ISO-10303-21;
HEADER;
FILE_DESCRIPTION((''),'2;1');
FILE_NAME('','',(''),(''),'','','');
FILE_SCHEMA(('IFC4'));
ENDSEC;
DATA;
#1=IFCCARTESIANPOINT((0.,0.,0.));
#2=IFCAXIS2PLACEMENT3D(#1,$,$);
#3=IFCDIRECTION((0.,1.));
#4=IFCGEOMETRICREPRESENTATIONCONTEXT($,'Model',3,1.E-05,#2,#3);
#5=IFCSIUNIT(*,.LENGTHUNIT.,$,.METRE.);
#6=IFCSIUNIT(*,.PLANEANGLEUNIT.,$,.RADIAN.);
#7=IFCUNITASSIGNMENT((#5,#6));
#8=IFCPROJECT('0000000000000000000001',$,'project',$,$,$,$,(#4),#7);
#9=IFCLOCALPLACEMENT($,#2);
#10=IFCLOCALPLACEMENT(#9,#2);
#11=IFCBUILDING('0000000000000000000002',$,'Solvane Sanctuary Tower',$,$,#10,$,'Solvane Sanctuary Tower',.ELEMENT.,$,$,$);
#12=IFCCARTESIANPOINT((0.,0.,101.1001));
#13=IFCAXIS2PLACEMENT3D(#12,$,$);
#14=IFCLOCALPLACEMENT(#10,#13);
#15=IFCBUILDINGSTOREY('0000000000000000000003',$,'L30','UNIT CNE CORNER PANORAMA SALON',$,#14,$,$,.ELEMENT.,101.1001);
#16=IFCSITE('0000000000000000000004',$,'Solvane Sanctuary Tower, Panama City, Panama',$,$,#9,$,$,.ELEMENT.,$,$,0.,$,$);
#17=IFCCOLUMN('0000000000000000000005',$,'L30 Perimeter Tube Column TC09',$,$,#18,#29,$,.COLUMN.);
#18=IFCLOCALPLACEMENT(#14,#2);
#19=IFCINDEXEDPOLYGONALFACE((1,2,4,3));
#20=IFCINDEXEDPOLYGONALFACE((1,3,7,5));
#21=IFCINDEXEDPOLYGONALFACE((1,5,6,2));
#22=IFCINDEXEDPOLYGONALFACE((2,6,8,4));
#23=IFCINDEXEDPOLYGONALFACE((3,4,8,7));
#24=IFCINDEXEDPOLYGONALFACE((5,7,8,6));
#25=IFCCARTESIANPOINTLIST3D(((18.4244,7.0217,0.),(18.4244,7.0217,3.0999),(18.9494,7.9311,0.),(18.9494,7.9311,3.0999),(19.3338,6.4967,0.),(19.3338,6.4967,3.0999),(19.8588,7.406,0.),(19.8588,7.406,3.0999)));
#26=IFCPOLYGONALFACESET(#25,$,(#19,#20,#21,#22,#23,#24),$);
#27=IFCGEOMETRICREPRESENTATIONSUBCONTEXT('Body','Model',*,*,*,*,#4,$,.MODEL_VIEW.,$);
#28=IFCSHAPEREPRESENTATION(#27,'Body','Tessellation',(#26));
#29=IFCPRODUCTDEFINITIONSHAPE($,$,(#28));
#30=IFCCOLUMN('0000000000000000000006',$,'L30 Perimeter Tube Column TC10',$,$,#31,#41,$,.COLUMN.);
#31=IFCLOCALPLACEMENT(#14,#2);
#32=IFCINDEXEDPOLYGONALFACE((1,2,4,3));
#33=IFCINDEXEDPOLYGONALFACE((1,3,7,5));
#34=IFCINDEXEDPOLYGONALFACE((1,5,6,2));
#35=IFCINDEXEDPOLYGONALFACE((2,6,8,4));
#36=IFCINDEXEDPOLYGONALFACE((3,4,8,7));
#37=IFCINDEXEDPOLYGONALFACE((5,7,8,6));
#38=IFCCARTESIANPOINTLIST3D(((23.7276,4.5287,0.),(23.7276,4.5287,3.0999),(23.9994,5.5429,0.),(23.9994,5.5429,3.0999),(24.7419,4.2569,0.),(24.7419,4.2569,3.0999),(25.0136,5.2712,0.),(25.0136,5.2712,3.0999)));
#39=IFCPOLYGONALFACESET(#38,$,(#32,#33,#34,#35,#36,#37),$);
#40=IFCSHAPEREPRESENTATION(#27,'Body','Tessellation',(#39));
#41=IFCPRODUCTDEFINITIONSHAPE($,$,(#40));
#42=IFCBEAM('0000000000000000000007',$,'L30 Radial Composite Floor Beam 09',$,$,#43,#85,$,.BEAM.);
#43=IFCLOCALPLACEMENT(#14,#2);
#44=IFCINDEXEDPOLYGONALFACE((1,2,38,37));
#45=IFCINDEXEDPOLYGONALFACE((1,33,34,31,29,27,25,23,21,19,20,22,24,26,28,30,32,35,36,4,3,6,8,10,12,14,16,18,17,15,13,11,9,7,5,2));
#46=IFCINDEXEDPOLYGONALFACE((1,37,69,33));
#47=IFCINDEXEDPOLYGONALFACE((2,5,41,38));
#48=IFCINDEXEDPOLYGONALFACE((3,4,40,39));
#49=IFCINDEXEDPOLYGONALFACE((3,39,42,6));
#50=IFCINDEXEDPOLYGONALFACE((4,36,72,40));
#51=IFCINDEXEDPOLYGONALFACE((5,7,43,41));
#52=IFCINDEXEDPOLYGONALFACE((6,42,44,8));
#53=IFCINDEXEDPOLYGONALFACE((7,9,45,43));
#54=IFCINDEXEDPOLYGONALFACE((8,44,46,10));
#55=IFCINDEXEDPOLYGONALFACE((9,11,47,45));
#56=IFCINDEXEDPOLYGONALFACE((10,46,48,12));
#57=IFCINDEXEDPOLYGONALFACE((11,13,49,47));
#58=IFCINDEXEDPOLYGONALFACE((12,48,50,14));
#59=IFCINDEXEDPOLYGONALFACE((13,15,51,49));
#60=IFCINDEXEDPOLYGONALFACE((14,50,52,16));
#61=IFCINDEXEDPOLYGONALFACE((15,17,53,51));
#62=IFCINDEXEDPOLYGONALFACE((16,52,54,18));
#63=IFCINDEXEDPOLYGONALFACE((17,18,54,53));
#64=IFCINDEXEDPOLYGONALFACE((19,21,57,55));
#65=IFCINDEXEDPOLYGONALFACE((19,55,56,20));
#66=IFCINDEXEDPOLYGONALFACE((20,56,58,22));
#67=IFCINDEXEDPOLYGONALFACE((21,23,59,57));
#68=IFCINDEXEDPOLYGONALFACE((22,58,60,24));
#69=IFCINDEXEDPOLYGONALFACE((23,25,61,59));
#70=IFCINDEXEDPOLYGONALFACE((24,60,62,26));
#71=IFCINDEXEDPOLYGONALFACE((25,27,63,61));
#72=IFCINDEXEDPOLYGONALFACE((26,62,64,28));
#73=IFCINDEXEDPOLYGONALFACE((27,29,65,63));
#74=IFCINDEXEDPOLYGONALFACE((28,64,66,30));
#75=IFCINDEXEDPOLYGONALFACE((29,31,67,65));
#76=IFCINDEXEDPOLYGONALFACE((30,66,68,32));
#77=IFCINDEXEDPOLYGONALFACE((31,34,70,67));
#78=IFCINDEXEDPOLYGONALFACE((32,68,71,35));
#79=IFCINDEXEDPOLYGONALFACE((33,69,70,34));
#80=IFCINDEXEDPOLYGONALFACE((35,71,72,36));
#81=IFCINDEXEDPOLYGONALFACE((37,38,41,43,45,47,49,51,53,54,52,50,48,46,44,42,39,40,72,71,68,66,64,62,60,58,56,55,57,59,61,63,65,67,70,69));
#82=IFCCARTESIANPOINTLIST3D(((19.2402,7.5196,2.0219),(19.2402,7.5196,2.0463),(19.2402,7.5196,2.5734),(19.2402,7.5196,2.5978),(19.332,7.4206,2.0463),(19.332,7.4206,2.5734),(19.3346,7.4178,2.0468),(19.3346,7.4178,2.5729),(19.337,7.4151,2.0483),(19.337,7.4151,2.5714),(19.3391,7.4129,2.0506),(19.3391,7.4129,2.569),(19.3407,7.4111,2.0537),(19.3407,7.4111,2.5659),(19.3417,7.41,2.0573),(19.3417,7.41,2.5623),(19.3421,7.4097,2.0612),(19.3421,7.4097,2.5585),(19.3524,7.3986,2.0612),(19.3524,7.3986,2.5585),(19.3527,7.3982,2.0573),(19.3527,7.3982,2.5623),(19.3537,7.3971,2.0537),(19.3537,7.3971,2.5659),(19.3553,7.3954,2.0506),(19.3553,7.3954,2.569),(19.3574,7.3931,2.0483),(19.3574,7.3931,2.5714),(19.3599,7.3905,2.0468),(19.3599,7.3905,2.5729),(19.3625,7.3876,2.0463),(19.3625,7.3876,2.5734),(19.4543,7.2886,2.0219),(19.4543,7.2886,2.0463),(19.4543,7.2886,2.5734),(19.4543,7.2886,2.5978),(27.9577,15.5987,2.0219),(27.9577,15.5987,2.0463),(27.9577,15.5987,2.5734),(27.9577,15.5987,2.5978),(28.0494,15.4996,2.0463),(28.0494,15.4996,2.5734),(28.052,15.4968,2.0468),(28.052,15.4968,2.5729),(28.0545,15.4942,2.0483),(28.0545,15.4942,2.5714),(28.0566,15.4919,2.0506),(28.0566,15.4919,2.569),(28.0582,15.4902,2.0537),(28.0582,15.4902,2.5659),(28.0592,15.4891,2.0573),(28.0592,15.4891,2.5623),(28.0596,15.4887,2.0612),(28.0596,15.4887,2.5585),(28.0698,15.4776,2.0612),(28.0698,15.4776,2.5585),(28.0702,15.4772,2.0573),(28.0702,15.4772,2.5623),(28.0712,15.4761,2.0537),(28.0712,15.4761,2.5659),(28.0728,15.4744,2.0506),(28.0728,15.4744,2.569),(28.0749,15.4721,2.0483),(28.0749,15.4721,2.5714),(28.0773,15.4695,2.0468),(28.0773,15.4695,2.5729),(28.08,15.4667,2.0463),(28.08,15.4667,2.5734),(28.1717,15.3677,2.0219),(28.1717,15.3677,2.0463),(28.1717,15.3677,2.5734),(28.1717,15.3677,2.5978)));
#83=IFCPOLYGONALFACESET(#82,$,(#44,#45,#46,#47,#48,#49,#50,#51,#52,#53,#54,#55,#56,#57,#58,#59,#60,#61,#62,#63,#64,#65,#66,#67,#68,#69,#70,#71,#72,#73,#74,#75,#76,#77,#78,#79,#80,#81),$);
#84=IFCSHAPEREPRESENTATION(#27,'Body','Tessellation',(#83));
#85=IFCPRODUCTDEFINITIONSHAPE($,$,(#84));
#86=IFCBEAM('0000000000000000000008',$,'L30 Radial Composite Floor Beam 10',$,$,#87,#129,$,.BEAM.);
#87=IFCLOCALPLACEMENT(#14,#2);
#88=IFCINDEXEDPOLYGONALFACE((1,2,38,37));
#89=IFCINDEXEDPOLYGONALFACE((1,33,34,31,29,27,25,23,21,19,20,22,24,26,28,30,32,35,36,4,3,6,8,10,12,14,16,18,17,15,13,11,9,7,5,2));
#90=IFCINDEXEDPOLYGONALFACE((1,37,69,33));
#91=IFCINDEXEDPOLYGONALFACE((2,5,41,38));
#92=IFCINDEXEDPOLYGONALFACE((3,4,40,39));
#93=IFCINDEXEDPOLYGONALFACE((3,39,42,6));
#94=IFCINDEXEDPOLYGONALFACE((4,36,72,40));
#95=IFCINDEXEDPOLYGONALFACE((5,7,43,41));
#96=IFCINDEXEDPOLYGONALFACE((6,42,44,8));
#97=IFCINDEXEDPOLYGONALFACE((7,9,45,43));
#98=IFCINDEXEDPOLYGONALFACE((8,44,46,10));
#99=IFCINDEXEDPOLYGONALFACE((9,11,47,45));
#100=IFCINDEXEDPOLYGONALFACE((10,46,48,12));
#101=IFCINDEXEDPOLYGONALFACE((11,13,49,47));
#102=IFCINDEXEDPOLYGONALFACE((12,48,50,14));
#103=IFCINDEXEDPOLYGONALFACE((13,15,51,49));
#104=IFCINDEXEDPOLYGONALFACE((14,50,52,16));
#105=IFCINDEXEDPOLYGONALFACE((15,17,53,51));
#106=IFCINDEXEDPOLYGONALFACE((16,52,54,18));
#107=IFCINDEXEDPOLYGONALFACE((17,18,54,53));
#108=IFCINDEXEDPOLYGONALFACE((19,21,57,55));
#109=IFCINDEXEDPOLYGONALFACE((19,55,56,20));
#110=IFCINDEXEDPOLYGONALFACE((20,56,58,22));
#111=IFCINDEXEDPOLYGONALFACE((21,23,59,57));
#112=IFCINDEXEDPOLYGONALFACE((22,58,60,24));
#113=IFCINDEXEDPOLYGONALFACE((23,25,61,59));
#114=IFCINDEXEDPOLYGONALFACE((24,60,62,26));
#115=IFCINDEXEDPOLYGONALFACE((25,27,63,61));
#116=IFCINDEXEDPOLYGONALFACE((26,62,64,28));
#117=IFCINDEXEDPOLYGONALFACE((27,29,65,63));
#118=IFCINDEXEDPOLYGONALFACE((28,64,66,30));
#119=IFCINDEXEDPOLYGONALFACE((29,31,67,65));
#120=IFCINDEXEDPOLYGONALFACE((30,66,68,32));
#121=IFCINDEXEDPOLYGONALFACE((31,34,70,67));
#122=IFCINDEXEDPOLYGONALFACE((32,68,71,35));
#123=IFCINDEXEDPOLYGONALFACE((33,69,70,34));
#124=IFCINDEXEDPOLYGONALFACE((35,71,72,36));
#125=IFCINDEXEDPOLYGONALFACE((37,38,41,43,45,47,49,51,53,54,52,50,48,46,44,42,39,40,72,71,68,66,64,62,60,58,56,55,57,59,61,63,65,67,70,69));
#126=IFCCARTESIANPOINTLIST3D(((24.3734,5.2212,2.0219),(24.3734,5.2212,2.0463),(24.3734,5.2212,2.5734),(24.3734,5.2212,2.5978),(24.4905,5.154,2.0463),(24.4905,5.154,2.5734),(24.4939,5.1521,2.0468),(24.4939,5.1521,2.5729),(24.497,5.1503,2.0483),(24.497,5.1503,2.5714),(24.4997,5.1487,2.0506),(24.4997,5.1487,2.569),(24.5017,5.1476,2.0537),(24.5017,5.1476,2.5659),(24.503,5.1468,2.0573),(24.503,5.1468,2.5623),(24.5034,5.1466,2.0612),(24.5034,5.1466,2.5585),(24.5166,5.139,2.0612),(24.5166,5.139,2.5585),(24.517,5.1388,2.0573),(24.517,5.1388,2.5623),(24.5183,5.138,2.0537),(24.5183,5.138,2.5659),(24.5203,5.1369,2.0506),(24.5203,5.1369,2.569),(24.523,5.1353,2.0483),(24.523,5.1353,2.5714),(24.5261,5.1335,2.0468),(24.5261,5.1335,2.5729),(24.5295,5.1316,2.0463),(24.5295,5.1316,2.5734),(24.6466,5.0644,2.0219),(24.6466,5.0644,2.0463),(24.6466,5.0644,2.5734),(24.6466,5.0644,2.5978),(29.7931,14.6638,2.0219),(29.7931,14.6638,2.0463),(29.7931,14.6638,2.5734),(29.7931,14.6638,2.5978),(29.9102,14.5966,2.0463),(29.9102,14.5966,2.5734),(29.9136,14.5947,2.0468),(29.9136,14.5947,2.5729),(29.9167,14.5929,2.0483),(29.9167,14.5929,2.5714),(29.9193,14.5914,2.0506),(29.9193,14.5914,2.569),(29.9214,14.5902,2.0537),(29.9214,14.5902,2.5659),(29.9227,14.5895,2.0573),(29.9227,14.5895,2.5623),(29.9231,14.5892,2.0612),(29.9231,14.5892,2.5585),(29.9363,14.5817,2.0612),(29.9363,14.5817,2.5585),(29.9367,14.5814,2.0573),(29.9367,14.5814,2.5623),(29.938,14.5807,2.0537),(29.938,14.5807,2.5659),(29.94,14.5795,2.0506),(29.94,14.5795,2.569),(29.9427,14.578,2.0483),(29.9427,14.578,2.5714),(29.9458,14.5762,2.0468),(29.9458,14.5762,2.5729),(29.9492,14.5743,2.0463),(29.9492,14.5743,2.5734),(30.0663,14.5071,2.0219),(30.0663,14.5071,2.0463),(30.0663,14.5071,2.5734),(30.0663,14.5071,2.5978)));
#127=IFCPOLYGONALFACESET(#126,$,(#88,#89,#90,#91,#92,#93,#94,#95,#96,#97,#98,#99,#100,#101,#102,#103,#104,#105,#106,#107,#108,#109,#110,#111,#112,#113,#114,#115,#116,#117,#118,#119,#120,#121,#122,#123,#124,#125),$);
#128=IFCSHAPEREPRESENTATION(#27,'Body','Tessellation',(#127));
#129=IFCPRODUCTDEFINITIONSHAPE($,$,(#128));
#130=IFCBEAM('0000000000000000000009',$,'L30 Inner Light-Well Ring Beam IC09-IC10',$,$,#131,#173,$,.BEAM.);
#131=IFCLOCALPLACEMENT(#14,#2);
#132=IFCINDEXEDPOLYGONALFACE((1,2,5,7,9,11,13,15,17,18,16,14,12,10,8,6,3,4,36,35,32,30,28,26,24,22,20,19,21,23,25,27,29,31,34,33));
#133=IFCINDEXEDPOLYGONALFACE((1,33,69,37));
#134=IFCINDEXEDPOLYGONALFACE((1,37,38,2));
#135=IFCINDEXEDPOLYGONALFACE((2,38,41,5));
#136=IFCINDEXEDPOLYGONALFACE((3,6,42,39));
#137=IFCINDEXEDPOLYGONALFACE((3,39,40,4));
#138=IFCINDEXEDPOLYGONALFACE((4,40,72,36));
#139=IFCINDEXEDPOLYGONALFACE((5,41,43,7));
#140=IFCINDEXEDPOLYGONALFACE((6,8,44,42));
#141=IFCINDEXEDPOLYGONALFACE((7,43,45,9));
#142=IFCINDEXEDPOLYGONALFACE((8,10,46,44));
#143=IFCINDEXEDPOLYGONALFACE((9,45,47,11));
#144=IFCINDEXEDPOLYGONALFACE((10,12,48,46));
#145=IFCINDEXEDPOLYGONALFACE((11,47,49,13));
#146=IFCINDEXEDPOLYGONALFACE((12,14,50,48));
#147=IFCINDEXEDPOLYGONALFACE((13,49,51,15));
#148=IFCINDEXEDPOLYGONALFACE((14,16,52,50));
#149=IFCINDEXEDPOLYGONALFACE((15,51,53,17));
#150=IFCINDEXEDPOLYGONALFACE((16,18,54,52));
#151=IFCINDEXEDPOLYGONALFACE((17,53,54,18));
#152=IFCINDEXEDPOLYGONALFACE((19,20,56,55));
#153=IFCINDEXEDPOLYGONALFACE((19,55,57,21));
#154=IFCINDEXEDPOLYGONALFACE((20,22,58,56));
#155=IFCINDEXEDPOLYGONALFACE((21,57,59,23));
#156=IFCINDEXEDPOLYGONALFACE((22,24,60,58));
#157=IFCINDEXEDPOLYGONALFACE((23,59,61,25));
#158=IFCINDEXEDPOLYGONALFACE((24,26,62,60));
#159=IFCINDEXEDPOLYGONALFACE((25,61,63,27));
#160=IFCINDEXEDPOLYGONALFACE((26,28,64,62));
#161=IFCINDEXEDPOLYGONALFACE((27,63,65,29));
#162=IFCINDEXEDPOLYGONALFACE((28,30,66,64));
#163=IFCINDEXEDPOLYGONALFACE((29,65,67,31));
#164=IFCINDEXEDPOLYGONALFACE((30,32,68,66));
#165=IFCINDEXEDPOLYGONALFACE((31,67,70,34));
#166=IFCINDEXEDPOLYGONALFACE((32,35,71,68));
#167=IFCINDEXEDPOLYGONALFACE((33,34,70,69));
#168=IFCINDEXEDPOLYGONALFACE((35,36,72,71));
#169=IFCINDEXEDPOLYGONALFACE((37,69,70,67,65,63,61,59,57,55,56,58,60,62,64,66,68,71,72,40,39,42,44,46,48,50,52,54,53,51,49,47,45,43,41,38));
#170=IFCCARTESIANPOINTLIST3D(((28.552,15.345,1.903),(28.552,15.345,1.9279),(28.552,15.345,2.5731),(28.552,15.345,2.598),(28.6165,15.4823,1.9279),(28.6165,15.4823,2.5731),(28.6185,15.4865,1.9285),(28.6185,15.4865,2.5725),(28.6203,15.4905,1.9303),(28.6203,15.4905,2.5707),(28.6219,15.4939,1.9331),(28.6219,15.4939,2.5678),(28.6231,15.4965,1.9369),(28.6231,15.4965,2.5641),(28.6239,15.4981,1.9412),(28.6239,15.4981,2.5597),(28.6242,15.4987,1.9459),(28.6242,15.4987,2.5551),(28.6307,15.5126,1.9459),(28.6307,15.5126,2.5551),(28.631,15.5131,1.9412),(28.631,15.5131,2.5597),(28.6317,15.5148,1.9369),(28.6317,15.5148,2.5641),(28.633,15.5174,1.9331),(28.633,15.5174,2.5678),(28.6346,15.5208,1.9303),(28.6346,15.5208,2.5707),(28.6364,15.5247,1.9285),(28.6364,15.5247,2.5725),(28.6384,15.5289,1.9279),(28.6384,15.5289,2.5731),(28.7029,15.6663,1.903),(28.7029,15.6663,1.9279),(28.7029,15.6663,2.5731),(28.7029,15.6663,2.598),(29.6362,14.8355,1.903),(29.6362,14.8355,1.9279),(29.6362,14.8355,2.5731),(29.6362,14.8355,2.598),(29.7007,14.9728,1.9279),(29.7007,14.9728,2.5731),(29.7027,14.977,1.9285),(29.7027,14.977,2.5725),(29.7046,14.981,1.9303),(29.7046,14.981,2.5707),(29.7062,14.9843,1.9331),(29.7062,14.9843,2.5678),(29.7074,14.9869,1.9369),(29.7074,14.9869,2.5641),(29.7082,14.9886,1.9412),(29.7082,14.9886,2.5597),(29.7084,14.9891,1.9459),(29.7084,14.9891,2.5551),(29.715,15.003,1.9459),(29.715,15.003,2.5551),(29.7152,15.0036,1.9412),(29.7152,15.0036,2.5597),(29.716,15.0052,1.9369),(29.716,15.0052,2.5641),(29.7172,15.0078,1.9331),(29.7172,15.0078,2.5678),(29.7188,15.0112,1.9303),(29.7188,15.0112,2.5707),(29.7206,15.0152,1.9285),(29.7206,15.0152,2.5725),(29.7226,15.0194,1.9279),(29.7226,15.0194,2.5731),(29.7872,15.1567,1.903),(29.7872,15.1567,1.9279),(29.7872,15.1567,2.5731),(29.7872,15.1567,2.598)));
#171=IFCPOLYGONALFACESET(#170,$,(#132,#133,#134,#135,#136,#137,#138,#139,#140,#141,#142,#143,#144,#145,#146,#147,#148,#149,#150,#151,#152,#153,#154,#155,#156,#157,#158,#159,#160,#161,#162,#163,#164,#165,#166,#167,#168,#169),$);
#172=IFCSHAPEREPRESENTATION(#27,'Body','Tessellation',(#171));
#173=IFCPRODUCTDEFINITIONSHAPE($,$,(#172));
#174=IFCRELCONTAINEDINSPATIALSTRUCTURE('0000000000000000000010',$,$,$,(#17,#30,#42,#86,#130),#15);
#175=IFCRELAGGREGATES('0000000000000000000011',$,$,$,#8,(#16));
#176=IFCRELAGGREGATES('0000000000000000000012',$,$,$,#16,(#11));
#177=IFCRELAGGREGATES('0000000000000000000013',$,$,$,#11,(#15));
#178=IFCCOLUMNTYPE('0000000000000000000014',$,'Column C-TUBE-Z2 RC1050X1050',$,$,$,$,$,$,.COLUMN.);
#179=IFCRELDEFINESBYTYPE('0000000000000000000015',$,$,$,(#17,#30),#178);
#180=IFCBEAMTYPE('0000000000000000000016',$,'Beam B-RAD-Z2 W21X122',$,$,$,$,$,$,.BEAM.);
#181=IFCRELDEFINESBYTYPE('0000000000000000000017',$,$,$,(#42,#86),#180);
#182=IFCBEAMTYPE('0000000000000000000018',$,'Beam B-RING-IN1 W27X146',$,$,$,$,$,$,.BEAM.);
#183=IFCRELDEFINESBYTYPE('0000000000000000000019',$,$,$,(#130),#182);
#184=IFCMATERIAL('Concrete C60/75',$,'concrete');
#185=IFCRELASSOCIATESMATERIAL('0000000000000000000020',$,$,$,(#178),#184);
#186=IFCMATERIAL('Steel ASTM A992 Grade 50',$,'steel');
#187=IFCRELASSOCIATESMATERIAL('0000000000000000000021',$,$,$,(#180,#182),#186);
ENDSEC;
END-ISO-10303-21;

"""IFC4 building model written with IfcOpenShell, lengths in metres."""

from ifc_helpers import new_model, si_unit, direction, frame, origin, origin_2d, place, context, subcontext, project, spatial, rectangle, i_section, extrude, material, material_profile, profile_set, type_object, element, save


model = new_model("IFC4")

# Units and contexts
model_context = context("Model", 3, precision=1e-05, world=origin(), true_north=direction((0.0, 1.0)))
body_context = subcontext(model_context, "Body", "Model", "MODEL_VIEW")
ifc_project = project(units=[si_unit("LENGTHUNIT", "METRE"), si_unit("PLANEANGLEUNIT", "RADIAN")], contexts=[model_context])

# Site, building, storey
site_placement = place(None, origin())
site = spatial("IfcSite", under=ifc_project, at=site_placement, Name="Solvane Sanctuary Tower, Panama City, Panama", CompositionType="ELEMENT", RefElevation=0.0)
building_placement = place(site_placement, origin())
building = spatial("IfcBuilding", under=site, at=building_placement, Name="Solvane Sanctuary Tower", LongName="Solvane Sanctuary Tower", CompositionType="ELEMENT")
storey_placement = place(building_placement, frame((0.0, 0.0, 101.1001)))
storey = spatial("IfcBuildingStorey", under=building, at=storey_placement, Name="L30", Description="UNIT CNE CORNER PANORAMA SALON", CompositionType="ELEMENT", Elevation=101.1001)

# Columns
ifc_material_1 = material(Name="Concrete C60/75", Category="concrete")
ifc_material_profile_1 = material_profile(ifc_material_1, rectangle(XDim=1.05, YDim=1.05, at=origin_2d()), Name="RC1050X1050")
ifc_profile_set_1 = profile_set([ifc_material_profile_1], Name="Concrete C60/75")
column_type = type_object("IfcColumnType", Name="Column C-TUBE-Z2 RC1050X1050", PredefinedType="COLUMN", material=ifc_profile_set_1)
for number, where, z_axis, x_axis, name in (
    (1, (19.1416, 7.2139, 0.0), (0.0, 0.0, 1.0), (-0.5, -0.866025, 0.0), "L30 Perimeter Tube Column TC09"),
    (2, (24.3706, 4.8999, 0.0), (0.0, 0.0, 1.0), (-0.258819, -0.965926, 0.0), "L30 Perimeter Tube Column TC10"),
):
    element("IfcColumn", number, at=place(storey_placement, frame(where, z_axis=z_axis, x_axis=x_axis)), inside=storey, type_object=column_type, Name=name, PredefinedType="COLUMN", context=body_context, shape_type="SweptSolid", body=[
        extrude(rectangle(XDim=1.05, YDim=1.05, at=origin_2d()), origin(), (0.0, 0.0, 1.0), 3.0999),
    ])

# Beams
ifc_material_2 = material(Name="Steel ASTM A992 Grade 50", Category="steel")
ifc_material_profile_2 = material_profile(ifc_material_2, i_section(OverallWidth=0.3149, OverallDepth=0.5759, WebThickness=0.0151, FlangeThickness=0.0244, FilletRadius=0.0149, at=origin_2d()), Name="W21X122")
ifc_profile_set_2 = profile_set([ifc_material_profile_2], Name="Steel ASTM A992 Grade 50")
beam_type_1 = type_object("IfcBeamType", Name="Beam B-RAD-Z2 W21X122", PredefinedType="BEAM", material=ifc_profile_set_2)
beam_1_placement = place(storey_placement, frame((28.0647, 15.4832, 2.3098), z_axis=(-0.733454, -0.679739, 0.0), x_axis=(0.679739, -0.733454, 0.0)))
element("IfcBeam", 3, at=beam_1_placement, inside=storey, type_object=beam_type_1, Name="L30 Radial Composite Floor Beam 09", PredefinedType="BEAM", context=body_context, shape_type="SweptSolid", body=[
    extrude(i_section(OverallWidth=0.3149, OverallDepth=0.5759, WebThickness=0.0151, FlangeThickness=0.0244, FilletRadius=0.0149, at=origin_2d()), origin(), (0.0, 0.0, 1.0), 11.8855),
])
beam_2_placement = place(storey_placement, frame((29.9297, 14.5854, 2.3098), z_axis=(-0.497792, -0.867296, 0.0), x_axis=(0.867296, -0.497792, 0.0)))
element("IfcBeam", 4, at=beam_2_placement, inside=storey, type_object=beam_type_1, Name="L30 Radial Composite Floor Beam 10", PredefinedType="BEAM", context=body_context, shape_type="SweptSolid", body=[
    extrude(i_section(OverallWidth=0.3149, OverallDepth=0.5759, WebThickness=0.0151, FlangeThickness=0.0244, FilletRadius=0.0149, at=origin_2d()), origin(), (0.0, 0.0, 1.0), 10.8875),
])
ifc_material_profile_3 = material_profile(ifc_material_2, i_section(OverallWidth=0.355, OverallDepth=0.6951, WebThickness=0.0154, FlangeThickness=0.0249, FilletRadius=0.0181, at=origin_2d()), Name="W27X146")
ifc_profile_set_3 = profile_set([ifc_material_profile_3], Name="Steel ASTM A992 Grade 50")
beam_type_2 = type_object("IfcBeamType", Name="Beam B-RING-IN1 W27X146", PredefinedType="BEAM", material=ifc_profile_set_3)
beam_3_placement = place(storey_placement, frame((28.6274, 15.5056, 2.2505), z_axis=(0.905045, -0.425316, 0.0), x_axis=(0.425316, 0.905045, 0.0)))
element("IfcBeam", 5, at=beam_3_placement, inside=storey, type_object=beam_type_2, Name="L30 Inner Light-Well Ring Beam IC09-IC10", PredefinedType="BEAM", context=body_context, shape_type="SweptSolid", body=[
    extrude(i_section(OverallWidth=0.355, OverallDepth=0.6951, WebThickness=0.0154, FlangeThickness=0.0249, FilletRadius=0.0181, at=origin_2d()), origin(), (0.0, 0.0, 1.0), 1.198),
])

save(model, "model.ifc")
